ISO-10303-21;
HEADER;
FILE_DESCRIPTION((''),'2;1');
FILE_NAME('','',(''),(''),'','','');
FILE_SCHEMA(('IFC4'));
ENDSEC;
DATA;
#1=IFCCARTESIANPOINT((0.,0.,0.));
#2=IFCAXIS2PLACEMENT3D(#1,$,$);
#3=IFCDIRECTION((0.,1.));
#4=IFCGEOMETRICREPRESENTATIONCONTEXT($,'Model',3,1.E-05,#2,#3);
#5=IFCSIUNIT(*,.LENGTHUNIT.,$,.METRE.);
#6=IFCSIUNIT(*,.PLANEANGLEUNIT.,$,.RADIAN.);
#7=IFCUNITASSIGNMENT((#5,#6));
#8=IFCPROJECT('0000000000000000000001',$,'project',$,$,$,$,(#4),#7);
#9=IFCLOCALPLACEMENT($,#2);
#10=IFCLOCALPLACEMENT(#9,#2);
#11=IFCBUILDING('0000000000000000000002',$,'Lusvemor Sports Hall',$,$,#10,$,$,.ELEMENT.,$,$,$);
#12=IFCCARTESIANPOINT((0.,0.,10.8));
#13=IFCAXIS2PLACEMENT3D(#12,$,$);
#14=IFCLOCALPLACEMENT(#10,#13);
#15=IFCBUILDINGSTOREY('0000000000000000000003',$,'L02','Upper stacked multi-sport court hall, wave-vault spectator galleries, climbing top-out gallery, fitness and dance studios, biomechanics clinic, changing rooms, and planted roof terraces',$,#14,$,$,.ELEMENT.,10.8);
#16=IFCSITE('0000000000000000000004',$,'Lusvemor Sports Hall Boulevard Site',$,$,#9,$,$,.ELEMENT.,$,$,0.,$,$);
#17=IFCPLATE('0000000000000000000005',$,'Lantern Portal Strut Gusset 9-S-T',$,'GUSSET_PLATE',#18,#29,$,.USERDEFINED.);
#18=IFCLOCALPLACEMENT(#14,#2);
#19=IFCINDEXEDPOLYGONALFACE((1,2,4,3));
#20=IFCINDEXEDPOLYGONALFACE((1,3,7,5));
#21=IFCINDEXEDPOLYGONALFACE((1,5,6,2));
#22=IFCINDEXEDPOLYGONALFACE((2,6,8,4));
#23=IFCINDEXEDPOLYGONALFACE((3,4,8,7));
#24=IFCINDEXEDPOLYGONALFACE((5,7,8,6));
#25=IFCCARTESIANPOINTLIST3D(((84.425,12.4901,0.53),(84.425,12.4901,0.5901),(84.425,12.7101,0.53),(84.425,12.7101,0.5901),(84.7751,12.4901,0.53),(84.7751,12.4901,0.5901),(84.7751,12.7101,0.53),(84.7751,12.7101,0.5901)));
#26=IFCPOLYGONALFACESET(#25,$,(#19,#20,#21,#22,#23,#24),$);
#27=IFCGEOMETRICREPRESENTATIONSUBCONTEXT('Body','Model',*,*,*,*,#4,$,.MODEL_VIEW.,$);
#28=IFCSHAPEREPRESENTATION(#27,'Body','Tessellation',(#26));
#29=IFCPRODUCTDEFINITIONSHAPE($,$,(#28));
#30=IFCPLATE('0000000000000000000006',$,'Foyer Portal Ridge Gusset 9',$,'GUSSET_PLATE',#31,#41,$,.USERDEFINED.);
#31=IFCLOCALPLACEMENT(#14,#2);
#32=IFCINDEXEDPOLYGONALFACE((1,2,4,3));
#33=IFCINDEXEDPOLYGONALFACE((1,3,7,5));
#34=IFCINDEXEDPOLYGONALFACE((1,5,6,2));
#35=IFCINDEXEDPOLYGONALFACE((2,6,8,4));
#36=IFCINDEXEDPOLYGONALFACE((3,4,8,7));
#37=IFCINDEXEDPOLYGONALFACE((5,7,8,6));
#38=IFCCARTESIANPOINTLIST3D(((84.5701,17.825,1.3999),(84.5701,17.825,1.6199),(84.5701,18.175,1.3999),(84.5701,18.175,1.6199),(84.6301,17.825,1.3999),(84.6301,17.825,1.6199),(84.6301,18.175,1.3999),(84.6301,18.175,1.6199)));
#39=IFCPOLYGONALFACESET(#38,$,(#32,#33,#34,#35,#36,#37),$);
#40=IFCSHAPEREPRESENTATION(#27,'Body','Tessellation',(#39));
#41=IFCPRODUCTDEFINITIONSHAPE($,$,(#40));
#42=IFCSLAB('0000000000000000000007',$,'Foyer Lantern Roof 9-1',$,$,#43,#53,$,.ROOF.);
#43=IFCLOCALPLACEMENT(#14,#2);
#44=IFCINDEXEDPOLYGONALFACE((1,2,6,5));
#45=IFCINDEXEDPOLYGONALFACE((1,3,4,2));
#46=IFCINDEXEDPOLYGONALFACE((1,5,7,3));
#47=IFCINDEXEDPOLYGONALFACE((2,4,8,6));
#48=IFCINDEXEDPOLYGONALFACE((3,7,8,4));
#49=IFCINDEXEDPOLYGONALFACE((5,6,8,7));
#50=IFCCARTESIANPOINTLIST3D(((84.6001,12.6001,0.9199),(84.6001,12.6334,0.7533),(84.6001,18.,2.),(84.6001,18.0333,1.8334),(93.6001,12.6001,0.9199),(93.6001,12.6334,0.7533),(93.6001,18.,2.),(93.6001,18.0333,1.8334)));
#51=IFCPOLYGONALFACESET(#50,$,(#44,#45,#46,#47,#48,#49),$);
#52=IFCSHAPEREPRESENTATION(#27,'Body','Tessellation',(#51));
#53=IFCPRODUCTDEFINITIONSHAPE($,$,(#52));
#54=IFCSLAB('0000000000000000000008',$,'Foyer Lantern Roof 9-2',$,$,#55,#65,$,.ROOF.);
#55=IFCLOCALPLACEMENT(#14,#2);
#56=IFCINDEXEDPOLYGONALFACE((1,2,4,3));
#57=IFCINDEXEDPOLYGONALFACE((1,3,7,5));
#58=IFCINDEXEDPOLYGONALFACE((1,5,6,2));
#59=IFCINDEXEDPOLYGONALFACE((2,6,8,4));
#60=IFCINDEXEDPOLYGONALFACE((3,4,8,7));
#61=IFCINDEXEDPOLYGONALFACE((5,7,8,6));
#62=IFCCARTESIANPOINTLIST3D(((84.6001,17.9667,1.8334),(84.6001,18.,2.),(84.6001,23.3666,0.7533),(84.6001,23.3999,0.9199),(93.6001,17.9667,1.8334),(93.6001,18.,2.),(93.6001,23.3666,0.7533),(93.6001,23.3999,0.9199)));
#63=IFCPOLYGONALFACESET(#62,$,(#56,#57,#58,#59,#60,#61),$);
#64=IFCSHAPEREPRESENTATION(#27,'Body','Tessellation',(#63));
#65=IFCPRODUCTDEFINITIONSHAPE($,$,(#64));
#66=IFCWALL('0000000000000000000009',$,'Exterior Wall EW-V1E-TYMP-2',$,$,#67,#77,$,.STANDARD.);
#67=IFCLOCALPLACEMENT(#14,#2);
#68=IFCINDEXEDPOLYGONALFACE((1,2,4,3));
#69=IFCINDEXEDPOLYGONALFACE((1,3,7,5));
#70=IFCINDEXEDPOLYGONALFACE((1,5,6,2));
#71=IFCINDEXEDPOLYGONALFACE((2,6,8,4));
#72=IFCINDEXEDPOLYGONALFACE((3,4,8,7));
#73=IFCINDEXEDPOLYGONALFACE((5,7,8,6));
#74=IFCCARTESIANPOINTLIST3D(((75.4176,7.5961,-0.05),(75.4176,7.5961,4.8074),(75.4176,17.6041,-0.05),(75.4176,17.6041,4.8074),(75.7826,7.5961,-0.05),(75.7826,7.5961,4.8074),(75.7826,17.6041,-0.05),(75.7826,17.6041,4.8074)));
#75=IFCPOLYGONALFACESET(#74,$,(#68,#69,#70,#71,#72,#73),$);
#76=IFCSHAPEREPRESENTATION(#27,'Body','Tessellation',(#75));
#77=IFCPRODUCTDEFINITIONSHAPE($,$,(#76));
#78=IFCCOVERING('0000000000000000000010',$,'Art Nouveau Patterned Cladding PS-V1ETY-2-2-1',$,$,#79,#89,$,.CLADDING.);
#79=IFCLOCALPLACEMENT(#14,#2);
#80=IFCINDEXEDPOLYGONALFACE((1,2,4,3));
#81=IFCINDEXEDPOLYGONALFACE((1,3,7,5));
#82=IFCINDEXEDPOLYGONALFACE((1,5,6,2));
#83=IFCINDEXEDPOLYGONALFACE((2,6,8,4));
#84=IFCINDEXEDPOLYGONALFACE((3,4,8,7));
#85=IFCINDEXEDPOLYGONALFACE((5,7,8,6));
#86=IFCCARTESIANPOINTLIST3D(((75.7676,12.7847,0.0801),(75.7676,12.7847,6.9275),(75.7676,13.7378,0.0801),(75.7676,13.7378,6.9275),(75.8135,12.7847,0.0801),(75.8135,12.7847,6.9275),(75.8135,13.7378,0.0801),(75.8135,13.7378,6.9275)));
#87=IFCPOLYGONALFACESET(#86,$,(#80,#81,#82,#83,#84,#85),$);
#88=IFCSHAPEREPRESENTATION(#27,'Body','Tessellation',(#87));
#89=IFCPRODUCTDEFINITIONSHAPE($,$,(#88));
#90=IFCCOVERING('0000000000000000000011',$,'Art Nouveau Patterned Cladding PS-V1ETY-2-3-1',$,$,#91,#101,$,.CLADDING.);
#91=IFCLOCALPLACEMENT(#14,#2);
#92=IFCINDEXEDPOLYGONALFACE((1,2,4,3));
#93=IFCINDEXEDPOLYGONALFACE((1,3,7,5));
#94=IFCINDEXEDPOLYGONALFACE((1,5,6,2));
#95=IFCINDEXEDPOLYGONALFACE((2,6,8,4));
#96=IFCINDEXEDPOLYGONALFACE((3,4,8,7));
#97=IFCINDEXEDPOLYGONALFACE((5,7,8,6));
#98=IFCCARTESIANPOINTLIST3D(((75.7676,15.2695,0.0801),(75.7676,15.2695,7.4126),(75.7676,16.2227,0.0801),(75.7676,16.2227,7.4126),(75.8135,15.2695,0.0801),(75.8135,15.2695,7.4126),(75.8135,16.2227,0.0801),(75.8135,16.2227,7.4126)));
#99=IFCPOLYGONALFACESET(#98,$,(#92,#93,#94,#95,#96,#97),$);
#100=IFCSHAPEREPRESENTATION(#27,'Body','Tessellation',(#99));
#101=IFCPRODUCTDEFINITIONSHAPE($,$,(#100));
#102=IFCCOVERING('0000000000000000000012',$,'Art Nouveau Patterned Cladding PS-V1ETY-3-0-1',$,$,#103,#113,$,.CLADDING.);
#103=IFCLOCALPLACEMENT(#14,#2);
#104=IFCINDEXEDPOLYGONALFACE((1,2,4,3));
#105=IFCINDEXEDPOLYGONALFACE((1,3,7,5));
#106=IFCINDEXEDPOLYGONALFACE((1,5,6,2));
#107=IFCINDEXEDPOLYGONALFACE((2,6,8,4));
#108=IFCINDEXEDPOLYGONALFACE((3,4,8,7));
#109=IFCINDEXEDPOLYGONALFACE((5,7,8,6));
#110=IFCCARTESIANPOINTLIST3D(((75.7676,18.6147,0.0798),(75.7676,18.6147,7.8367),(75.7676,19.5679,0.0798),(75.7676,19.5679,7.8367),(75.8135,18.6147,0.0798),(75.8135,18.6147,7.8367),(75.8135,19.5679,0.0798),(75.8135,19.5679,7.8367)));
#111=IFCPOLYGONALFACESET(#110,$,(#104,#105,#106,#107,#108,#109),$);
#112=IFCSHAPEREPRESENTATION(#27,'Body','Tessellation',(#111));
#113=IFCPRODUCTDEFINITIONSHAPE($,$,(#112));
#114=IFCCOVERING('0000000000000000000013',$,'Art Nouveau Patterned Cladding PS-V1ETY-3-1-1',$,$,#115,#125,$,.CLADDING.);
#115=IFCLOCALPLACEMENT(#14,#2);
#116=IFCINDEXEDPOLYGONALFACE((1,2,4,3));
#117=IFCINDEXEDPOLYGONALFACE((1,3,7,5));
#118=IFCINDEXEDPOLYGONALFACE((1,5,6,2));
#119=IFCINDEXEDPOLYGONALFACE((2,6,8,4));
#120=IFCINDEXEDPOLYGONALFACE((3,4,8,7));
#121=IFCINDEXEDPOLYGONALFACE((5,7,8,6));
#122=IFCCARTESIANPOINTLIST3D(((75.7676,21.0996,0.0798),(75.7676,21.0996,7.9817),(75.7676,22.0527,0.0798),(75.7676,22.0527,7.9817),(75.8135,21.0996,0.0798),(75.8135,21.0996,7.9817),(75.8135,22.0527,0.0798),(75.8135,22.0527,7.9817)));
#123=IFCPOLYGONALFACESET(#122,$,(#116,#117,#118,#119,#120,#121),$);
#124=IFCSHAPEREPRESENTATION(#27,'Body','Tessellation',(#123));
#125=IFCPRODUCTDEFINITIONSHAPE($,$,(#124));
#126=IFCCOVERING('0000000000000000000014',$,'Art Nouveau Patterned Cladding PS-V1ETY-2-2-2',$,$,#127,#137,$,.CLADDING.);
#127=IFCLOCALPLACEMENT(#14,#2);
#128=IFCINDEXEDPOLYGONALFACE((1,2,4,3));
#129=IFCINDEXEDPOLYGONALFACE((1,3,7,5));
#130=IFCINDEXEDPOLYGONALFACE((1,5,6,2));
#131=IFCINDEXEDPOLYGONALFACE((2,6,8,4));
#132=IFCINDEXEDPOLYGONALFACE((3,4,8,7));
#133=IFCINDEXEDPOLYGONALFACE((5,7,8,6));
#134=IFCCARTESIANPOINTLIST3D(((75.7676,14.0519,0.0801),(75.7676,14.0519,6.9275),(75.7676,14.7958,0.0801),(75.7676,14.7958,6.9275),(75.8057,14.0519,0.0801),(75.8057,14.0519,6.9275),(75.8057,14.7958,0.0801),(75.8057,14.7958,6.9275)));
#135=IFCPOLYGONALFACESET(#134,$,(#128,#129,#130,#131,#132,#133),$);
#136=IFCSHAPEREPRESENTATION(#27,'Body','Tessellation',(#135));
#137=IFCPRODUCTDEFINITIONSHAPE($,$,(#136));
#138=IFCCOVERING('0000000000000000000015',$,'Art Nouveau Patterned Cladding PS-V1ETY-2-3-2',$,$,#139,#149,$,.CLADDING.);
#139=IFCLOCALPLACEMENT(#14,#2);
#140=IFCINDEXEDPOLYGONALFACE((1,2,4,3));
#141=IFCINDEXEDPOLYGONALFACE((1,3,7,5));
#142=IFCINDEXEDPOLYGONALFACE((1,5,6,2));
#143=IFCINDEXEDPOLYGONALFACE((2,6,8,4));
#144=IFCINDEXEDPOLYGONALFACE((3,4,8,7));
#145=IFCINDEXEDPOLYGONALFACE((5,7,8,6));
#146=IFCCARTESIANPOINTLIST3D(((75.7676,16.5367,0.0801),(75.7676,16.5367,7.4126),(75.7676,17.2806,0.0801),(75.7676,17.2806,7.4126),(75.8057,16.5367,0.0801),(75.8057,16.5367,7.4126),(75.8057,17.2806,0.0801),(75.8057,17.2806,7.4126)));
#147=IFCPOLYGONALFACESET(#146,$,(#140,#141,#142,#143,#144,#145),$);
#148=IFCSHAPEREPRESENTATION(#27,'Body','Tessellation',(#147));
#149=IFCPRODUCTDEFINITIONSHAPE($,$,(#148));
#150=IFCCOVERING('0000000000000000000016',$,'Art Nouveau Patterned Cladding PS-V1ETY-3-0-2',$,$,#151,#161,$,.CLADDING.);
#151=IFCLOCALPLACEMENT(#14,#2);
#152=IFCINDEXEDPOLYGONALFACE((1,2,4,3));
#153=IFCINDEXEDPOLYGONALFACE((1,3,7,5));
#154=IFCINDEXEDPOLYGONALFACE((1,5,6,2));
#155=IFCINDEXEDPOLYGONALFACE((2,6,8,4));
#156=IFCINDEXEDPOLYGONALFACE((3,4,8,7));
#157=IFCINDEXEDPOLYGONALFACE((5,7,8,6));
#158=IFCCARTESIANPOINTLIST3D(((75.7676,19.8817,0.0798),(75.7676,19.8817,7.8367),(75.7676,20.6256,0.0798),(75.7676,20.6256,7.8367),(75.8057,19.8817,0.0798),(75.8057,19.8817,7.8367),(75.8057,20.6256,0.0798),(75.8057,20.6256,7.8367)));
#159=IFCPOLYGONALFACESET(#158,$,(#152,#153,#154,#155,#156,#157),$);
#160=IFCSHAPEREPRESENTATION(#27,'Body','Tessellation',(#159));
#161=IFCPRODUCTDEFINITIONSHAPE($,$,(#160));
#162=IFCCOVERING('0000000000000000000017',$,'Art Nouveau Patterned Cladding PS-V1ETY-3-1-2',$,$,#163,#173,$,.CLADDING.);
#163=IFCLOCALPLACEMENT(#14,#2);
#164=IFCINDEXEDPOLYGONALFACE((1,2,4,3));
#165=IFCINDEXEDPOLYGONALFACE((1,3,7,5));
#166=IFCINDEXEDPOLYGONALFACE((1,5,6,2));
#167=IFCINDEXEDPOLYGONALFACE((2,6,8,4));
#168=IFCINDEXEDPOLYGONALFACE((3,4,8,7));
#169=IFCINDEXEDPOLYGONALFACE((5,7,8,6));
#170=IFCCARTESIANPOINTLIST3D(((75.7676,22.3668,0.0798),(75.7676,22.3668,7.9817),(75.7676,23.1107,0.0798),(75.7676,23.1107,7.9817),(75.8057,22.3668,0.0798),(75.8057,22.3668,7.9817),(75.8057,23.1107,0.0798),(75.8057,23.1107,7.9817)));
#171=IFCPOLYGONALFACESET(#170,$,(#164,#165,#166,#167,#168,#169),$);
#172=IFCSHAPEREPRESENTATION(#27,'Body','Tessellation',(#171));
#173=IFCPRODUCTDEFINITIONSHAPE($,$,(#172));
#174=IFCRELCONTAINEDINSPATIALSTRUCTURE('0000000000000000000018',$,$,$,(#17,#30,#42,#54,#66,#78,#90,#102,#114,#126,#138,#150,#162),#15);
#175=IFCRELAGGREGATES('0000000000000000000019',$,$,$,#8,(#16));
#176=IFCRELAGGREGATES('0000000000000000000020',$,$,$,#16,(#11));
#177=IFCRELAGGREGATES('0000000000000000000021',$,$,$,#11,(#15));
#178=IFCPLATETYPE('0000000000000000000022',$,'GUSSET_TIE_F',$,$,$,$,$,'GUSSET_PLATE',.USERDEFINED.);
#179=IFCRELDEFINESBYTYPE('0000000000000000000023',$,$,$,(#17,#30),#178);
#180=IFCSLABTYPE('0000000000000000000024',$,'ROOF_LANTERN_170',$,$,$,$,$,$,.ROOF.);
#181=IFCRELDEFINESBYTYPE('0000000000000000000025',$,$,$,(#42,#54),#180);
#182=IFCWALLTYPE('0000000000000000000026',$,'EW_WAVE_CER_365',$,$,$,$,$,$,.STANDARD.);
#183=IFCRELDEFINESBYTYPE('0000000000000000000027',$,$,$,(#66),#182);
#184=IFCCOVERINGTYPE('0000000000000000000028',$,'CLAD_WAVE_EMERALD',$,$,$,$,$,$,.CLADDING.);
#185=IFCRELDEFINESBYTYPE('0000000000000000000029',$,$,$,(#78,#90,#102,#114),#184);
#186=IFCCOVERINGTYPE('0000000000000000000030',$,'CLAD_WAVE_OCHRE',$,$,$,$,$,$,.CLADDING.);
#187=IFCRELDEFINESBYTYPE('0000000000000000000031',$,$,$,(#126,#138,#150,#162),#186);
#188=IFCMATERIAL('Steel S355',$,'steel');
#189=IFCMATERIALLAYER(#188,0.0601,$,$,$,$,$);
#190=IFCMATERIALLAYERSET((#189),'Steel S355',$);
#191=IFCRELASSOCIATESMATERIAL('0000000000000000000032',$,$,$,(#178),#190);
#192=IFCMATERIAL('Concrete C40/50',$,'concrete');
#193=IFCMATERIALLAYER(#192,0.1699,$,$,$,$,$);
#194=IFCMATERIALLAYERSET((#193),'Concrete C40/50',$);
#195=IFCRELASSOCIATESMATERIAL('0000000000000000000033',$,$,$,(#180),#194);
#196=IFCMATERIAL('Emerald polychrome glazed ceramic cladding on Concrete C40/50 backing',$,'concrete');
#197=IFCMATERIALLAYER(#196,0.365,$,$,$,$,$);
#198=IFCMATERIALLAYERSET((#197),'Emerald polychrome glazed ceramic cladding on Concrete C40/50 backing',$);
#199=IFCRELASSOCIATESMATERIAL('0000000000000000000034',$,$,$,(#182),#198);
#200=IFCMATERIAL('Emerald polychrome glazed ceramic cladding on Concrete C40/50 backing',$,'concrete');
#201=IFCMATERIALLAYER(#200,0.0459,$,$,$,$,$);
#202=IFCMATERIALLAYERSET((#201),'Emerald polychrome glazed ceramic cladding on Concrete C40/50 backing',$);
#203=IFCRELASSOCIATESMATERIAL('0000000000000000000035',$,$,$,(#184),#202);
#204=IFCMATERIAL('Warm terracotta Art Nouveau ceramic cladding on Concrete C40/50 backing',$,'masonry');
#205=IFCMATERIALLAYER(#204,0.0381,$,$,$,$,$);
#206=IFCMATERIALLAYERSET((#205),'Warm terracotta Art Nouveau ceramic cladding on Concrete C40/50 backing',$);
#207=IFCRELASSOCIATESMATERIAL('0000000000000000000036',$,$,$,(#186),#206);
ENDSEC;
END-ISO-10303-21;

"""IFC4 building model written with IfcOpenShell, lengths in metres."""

from ifc_helpers import new_model, si_unit, direction, frame, frame_2d, origin, origin_2d, place, context, subcontext, project, spatial, polyline, rectangle, outline, extrude, material, layer, layer_set, type_object, element, save


model = new_model("IFC4")

# Units and contexts
model_context = context("Model", 3, precision=1e-05, world=origin(), true_north=direction((0.0, 1.0)))
body_context = subcontext(model_context, "Body", "Model", "MODEL_VIEW")
ifc_project = project(units=[si_unit("LENGTHUNIT", "METRE"), si_unit("PLANEANGLEUNIT", "RADIAN")], contexts=[model_context])

# Site, building, storey
site_placement = place(None, origin())
site = spatial("IfcSite", under=ifc_project, at=site_placement, Name="Lusvemor Sports Hall Boulevard Site", CompositionType="ELEMENT", RefElevation=0.0)
building_placement = place(site_placement, origin())
building = spatial("IfcBuilding", under=site, at=building_placement, Name="Lusvemor Sports Hall", CompositionType="ELEMENT")
storey_placement = place(building_placement, frame((0.0, 0.0, 10.8)))
storey = spatial("IfcBuildingStorey", under=building, at=storey_placement, Name="L02", Description="Upper stacked multi-sport court hall, wave-vault spectator galleries, climbing top-out gallery, fitness and dance studios, biomechanics clinic, changing rooms, and planted roof terraces", CompositionType="ELEMENT", Elevation=10.8)

# Plates
ifc_material_1 = material(Name="Steel S355", Category="steel")
ifc_layer_1 = layer(ifc_material_1, 0.0601)
ifc_layer_set_1 = layer_set([ifc_layer_1], Name="Steel S355")
plate_type = type_object("IfcPlateType", Name="GUSSET_TIE_F", ElementType="GUSSET_PLATE", PredefinedType="USERDEFINED", material=ifc_layer_set_1)
for number, where, z_axis, x_axis, name in (
    (1, (84.6001, 12.6001, 0.53), (0.0, 0.0, 1.0), (1.0, 0.0, 0.0), "Lantern Portal Strut Gusset 9-S-T"),
):
    element("IfcPlate", number, at=place(storey_placement, frame(where, z_axis=z_axis, x_axis=x_axis)), inside=storey, type_object=plate_type, Name=name, ObjectType="GUSSET_PLATE", PredefinedType="USERDEFINED", context=body_context, shape_type="SweptSolid", body=[
        extrude(rectangle(XDim=0.3501, YDim=0.22, at=origin_2d()), origin(), (0.0, 0.0, 1.0), 0.0601),
    ])
plate_placement = place(storey_placement, frame((84.6001, 18.0, 1.3999), z_axis=(0.0, 0.0, 1.0), x_axis=(1.0, 0.0, 0.0)))
element("IfcPlate", 2, at=plate_placement, inside=storey, type_object=plate_type, Name="Foyer Portal Ridge Gusset 9", ObjectType="GUSSET_PLATE", PredefinedType="USERDEFINED", context=body_context, shape_type="SweptSolid", body=[
    extrude(rectangle(XDim=0.0601, YDim=0.3501, at=origin_2d()), origin(), (0.0, 0.0, 1.0), 0.22),
])

# Slabs
ifc_material_2 = material(Name="Concrete C40/50", Category="concrete")
ifc_layer_2 = layer(ifc_material_2, 0.1699)
ifc_layer_set_2 = layer_set([ifc_layer_2], Name="Concrete C40/50")
slab_type = type_object("IfcSlabType", Name="ROOF_LANTERN_170", PredefinedType="ROOF", material=ifc_layer_set_2)
for number, where, z_axis, x_axis, name in (
    (3, (84.6001, 12.6001, 0.9199), (0.0, -0.196133, 0.980577), (1.0, 0.0, 0.0), "Foyer Lantern Roof 9-1"),
    (4, (84.6001, 18.0, 2.0), (0.0, 0.196133, 0.980577), (1.0, 0.0, 0.0), "Foyer Lantern Roof 9-2"),
):
    element("IfcSlab", number, at=place(storey_placement, frame(where, z_axis=z_axis, x_axis=x_axis)), inside=storey, type_object=slab_type, Name=name, PredefinedType="ROOF", context=body_context, shape_type="SweptSolid", body=[
        extrude(outline(polyline([(0.0, 0.0), (9.0, 0.0), (9.0, 5.5069), (0.0, 5.5069), (0.0, 0.0)])), origin(), (0.0, 0.0, -1.0), 0.1699),
    ])

# Wall
ifc_material_3 = material(Name="Emerald polychrome glazed ceramic cladding on Concrete C40/50 backing", Category="concrete")
ifc_layer_3 = layer(ifc_material_3, 0.365)
ifc_layer_set_3 = layer_set([ifc_layer_3], Name="Emerald polychrome glazed ceramic cladding on Concrete C40/50 backing")
wall_type = type_object("IfcWallType", Name="EW_WAVE_CER_365", PredefinedType="STANDARD", material=ifc_layer_set_3)
wall_placement = place(storey_placement, frame((75.6001, 17.604, -0.05), z_axis=(0.0, 0.0, 1.0), x_axis=(0.0, -1.0, 0.0)))
element("IfcWall", 5, at=wall_placement, inside=storey, type_object=wall_type, Name="Exterior Wall EW-V1E-TYMP-2", PredefinedType="STANDARD", context=body_context, shape_type="SweptSolid", body=[
    extrude(rectangle(XDim=10.0081, YDim=0.365, at=frame_2d((5.0039, 0.0))), origin(), (0.0, 0.0, 1.0), 4.8574),
])

# Coverings
ifc_material_4 = material(Name="Emerald polychrome glazed ceramic cladding on Concrete C40/50 backing", Category="concrete")
ifc_layer_4 = layer(ifc_material_4, 0.0459)
ifc_layer_set_4 = layer_set([ifc_layer_4], Name="Emerald polychrome glazed ceramic cladding on Concrete C40/50 backing")
covering_type_1 = type_object("IfcCoveringType", Name="CLAD_WAVE_EMERALD", PredefinedType="CLADDING", material=ifc_layer_set_4)
covering_1_placement = place(storey_placement, frame((75.7905, 13.2612, 0.0801), z_axis=(0.0, 0.0, 1.0), x_axis=(1.0, 0.0, 0.0)))
element("IfcCovering", 6, at=covering_1_placement, inside=storey, type_object=covering_type_1, Name="Art Nouveau Patterned Cladding PS-V1ETY-2-2-1", PredefinedType="CLADDING", context=body_context, shape_type="SweptSolid", body=[
    extrude(rectangle(XDim=0.0459, YDim=0.9531, at=origin_2d()), origin(), (0.0, 0.0, 1.0), 6.8474),
])
covering_2_placement = place(storey_placement, frame((75.7905, 15.7461, 0.0801), z_axis=(0.0, 0.0, 1.0), x_axis=(1.0, 0.0, 0.0)))
element("IfcCovering", 7, at=covering_2_placement, inside=storey, type_object=covering_type_1, Name="Art Nouveau Patterned Cladding PS-V1ETY-2-3-1", PredefinedType="CLADDING", context=body_context, shape_type="SweptSolid", body=[
    extrude(rectangle(XDim=0.0459, YDim=0.9531, at=origin_2d()), origin(), (0.0, 0.0, 1.0), 7.3325),
])
covering_3_placement = place(storey_placement, frame((75.7905, 19.0913, 0.0798), z_axis=(0.0, 0.0, 1.0), x_axis=(1.0, 0.0, 0.0)))
element("IfcCovering", 8, at=covering_3_placement, inside=storey, type_object=covering_type_1, Name="Art Nouveau Patterned Cladding PS-V1ETY-3-0-1", PredefinedType="CLADDING", context=body_context, shape_type="SweptSolid", body=[
    extrude(rectangle(XDim=0.0459, YDim=0.9531, at=origin_2d()), origin(), (0.0, 0.0, 1.0), 7.7568),
])
covering_4_placement = place(storey_placement, frame((75.7905, 21.5762, 0.0798), z_axis=(0.0, 0.0, 1.0), x_axis=(1.0, 0.0, 0.0)))
element("IfcCovering", 9, at=covering_4_placement, inside=storey, type_object=covering_type_1, Name="Art Nouveau Patterned Cladding PS-V1ETY-3-1-1", PredefinedType="CLADDING", context=body_context, shape_type="SweptSolid", body=[
    extrude(rectangle(XDim=0.0459, YDim=0.9531, at=origin_2d()), origin(), (0.0, 0.0, 1.0), 7.9019),
])
ifc_material_5 = material(Name="Warm terracotta Art Nouveau ceramic cladding on Concrete C40/50 backing", Category="masonry")
ifc_layer_5 = layer(ifc_material_5, 0.0381)
ifc_layer_set_5 = layer_set([ifc_layer_5], Name="Warm terracotta Art Nouveau ceramic cladding on Concrete C40/50 backing")
covering_type_2 = type_object("IfcCoveringType", Name="CLAD_WAVE_OCHRE", PredefinedType="CLADDING", material=ifc_layer_set_5)
covering_5_placement = place(storey_placement, frame((75.7866, 14.4238, 0.0801), z_axis=(0.0, 0.0, 1.0), x_axis=(1.0, 0.0, 0.0)))
element("IfcCovering", 10, at=covering_5_placement, inside=storey, type_object=covering_type_2, Name="Art Nouveau Patterned Cladding PS-V1ETY-2-2-2", PredefinedType="CLADDING", context=body_context, shape_type="SweptSolid", body=[
    extrude(rectangle(XDim=0.0381, YDim=0.7439, at=origin_2d()), origin(), (0.0, 0.0, 1.0), 6.8474),
])
covering_6_placement = place(storey_placement, frame((75.7866, 16.9087, 0.0801), z_axis=(0.0, 0.0, 1.0), x_axis=(1.0, 0.0, 0.0)))
element("IfcCovering", 11, at=covering_6_placement, inside=storey, type_object=covering_type_2, Name="Art Nouveau Patterned Cladding PS-V1ETY-2-3-2", PredefinedType="CLADDING", context=body_context, shape_type="SweptSolid", body=[
    extrude(rectangle(XDim=0.0381, YDim=0.7439, at=origin_2d()), origin(), (0.0, 0.0, 1.0), 7.3325),
])
covering_7_placement = place(storey_placement, frame((75.7866, 20.2537, 0.0798), z_axis=(0.0, 0.0, 1.0), x_axis=(1.0, 0.0, 0.0)))
element("IfcCovering", 12, at=covering_7_placement, inside=storey, type_object=covering_type_2, Name="Art Nouveau Patterned Cladding PS-V1ETY-3-0-2", PredefinedType="CLADDING", context=body_context, shape_type="SweptSolid", body=[
    extrude(rectangle(XDim=0.0381, YDim=0.7439, at=origin_2d()), origin(), (0.0, 0.0, 1.0), 7.7568),
])
covering_8_placement = place(storey_placement, frame((75.7866, 22.7388, 0.0798), z_axis=(0.0, 0.0, 1.0), x_axis=(1.0, 0.0, 0.0)))
element("IfcCovering", 13, at=covering_8_placement, inside=storey, type_object=covering_type_2, Name="Art Nouveau Patterned Cladding PS-V1ETY-3-1-2", PredefinedType="CLADDING", context=body_context, shape_type="SweptSolid", body=[
    extrude(rectangle(XDim=0.0381, YDim=0.7439, at=origin_2d()), origin(), (0.0, 0.0, 1.0), 7.9019),
])

save(model, "model.ifc")
